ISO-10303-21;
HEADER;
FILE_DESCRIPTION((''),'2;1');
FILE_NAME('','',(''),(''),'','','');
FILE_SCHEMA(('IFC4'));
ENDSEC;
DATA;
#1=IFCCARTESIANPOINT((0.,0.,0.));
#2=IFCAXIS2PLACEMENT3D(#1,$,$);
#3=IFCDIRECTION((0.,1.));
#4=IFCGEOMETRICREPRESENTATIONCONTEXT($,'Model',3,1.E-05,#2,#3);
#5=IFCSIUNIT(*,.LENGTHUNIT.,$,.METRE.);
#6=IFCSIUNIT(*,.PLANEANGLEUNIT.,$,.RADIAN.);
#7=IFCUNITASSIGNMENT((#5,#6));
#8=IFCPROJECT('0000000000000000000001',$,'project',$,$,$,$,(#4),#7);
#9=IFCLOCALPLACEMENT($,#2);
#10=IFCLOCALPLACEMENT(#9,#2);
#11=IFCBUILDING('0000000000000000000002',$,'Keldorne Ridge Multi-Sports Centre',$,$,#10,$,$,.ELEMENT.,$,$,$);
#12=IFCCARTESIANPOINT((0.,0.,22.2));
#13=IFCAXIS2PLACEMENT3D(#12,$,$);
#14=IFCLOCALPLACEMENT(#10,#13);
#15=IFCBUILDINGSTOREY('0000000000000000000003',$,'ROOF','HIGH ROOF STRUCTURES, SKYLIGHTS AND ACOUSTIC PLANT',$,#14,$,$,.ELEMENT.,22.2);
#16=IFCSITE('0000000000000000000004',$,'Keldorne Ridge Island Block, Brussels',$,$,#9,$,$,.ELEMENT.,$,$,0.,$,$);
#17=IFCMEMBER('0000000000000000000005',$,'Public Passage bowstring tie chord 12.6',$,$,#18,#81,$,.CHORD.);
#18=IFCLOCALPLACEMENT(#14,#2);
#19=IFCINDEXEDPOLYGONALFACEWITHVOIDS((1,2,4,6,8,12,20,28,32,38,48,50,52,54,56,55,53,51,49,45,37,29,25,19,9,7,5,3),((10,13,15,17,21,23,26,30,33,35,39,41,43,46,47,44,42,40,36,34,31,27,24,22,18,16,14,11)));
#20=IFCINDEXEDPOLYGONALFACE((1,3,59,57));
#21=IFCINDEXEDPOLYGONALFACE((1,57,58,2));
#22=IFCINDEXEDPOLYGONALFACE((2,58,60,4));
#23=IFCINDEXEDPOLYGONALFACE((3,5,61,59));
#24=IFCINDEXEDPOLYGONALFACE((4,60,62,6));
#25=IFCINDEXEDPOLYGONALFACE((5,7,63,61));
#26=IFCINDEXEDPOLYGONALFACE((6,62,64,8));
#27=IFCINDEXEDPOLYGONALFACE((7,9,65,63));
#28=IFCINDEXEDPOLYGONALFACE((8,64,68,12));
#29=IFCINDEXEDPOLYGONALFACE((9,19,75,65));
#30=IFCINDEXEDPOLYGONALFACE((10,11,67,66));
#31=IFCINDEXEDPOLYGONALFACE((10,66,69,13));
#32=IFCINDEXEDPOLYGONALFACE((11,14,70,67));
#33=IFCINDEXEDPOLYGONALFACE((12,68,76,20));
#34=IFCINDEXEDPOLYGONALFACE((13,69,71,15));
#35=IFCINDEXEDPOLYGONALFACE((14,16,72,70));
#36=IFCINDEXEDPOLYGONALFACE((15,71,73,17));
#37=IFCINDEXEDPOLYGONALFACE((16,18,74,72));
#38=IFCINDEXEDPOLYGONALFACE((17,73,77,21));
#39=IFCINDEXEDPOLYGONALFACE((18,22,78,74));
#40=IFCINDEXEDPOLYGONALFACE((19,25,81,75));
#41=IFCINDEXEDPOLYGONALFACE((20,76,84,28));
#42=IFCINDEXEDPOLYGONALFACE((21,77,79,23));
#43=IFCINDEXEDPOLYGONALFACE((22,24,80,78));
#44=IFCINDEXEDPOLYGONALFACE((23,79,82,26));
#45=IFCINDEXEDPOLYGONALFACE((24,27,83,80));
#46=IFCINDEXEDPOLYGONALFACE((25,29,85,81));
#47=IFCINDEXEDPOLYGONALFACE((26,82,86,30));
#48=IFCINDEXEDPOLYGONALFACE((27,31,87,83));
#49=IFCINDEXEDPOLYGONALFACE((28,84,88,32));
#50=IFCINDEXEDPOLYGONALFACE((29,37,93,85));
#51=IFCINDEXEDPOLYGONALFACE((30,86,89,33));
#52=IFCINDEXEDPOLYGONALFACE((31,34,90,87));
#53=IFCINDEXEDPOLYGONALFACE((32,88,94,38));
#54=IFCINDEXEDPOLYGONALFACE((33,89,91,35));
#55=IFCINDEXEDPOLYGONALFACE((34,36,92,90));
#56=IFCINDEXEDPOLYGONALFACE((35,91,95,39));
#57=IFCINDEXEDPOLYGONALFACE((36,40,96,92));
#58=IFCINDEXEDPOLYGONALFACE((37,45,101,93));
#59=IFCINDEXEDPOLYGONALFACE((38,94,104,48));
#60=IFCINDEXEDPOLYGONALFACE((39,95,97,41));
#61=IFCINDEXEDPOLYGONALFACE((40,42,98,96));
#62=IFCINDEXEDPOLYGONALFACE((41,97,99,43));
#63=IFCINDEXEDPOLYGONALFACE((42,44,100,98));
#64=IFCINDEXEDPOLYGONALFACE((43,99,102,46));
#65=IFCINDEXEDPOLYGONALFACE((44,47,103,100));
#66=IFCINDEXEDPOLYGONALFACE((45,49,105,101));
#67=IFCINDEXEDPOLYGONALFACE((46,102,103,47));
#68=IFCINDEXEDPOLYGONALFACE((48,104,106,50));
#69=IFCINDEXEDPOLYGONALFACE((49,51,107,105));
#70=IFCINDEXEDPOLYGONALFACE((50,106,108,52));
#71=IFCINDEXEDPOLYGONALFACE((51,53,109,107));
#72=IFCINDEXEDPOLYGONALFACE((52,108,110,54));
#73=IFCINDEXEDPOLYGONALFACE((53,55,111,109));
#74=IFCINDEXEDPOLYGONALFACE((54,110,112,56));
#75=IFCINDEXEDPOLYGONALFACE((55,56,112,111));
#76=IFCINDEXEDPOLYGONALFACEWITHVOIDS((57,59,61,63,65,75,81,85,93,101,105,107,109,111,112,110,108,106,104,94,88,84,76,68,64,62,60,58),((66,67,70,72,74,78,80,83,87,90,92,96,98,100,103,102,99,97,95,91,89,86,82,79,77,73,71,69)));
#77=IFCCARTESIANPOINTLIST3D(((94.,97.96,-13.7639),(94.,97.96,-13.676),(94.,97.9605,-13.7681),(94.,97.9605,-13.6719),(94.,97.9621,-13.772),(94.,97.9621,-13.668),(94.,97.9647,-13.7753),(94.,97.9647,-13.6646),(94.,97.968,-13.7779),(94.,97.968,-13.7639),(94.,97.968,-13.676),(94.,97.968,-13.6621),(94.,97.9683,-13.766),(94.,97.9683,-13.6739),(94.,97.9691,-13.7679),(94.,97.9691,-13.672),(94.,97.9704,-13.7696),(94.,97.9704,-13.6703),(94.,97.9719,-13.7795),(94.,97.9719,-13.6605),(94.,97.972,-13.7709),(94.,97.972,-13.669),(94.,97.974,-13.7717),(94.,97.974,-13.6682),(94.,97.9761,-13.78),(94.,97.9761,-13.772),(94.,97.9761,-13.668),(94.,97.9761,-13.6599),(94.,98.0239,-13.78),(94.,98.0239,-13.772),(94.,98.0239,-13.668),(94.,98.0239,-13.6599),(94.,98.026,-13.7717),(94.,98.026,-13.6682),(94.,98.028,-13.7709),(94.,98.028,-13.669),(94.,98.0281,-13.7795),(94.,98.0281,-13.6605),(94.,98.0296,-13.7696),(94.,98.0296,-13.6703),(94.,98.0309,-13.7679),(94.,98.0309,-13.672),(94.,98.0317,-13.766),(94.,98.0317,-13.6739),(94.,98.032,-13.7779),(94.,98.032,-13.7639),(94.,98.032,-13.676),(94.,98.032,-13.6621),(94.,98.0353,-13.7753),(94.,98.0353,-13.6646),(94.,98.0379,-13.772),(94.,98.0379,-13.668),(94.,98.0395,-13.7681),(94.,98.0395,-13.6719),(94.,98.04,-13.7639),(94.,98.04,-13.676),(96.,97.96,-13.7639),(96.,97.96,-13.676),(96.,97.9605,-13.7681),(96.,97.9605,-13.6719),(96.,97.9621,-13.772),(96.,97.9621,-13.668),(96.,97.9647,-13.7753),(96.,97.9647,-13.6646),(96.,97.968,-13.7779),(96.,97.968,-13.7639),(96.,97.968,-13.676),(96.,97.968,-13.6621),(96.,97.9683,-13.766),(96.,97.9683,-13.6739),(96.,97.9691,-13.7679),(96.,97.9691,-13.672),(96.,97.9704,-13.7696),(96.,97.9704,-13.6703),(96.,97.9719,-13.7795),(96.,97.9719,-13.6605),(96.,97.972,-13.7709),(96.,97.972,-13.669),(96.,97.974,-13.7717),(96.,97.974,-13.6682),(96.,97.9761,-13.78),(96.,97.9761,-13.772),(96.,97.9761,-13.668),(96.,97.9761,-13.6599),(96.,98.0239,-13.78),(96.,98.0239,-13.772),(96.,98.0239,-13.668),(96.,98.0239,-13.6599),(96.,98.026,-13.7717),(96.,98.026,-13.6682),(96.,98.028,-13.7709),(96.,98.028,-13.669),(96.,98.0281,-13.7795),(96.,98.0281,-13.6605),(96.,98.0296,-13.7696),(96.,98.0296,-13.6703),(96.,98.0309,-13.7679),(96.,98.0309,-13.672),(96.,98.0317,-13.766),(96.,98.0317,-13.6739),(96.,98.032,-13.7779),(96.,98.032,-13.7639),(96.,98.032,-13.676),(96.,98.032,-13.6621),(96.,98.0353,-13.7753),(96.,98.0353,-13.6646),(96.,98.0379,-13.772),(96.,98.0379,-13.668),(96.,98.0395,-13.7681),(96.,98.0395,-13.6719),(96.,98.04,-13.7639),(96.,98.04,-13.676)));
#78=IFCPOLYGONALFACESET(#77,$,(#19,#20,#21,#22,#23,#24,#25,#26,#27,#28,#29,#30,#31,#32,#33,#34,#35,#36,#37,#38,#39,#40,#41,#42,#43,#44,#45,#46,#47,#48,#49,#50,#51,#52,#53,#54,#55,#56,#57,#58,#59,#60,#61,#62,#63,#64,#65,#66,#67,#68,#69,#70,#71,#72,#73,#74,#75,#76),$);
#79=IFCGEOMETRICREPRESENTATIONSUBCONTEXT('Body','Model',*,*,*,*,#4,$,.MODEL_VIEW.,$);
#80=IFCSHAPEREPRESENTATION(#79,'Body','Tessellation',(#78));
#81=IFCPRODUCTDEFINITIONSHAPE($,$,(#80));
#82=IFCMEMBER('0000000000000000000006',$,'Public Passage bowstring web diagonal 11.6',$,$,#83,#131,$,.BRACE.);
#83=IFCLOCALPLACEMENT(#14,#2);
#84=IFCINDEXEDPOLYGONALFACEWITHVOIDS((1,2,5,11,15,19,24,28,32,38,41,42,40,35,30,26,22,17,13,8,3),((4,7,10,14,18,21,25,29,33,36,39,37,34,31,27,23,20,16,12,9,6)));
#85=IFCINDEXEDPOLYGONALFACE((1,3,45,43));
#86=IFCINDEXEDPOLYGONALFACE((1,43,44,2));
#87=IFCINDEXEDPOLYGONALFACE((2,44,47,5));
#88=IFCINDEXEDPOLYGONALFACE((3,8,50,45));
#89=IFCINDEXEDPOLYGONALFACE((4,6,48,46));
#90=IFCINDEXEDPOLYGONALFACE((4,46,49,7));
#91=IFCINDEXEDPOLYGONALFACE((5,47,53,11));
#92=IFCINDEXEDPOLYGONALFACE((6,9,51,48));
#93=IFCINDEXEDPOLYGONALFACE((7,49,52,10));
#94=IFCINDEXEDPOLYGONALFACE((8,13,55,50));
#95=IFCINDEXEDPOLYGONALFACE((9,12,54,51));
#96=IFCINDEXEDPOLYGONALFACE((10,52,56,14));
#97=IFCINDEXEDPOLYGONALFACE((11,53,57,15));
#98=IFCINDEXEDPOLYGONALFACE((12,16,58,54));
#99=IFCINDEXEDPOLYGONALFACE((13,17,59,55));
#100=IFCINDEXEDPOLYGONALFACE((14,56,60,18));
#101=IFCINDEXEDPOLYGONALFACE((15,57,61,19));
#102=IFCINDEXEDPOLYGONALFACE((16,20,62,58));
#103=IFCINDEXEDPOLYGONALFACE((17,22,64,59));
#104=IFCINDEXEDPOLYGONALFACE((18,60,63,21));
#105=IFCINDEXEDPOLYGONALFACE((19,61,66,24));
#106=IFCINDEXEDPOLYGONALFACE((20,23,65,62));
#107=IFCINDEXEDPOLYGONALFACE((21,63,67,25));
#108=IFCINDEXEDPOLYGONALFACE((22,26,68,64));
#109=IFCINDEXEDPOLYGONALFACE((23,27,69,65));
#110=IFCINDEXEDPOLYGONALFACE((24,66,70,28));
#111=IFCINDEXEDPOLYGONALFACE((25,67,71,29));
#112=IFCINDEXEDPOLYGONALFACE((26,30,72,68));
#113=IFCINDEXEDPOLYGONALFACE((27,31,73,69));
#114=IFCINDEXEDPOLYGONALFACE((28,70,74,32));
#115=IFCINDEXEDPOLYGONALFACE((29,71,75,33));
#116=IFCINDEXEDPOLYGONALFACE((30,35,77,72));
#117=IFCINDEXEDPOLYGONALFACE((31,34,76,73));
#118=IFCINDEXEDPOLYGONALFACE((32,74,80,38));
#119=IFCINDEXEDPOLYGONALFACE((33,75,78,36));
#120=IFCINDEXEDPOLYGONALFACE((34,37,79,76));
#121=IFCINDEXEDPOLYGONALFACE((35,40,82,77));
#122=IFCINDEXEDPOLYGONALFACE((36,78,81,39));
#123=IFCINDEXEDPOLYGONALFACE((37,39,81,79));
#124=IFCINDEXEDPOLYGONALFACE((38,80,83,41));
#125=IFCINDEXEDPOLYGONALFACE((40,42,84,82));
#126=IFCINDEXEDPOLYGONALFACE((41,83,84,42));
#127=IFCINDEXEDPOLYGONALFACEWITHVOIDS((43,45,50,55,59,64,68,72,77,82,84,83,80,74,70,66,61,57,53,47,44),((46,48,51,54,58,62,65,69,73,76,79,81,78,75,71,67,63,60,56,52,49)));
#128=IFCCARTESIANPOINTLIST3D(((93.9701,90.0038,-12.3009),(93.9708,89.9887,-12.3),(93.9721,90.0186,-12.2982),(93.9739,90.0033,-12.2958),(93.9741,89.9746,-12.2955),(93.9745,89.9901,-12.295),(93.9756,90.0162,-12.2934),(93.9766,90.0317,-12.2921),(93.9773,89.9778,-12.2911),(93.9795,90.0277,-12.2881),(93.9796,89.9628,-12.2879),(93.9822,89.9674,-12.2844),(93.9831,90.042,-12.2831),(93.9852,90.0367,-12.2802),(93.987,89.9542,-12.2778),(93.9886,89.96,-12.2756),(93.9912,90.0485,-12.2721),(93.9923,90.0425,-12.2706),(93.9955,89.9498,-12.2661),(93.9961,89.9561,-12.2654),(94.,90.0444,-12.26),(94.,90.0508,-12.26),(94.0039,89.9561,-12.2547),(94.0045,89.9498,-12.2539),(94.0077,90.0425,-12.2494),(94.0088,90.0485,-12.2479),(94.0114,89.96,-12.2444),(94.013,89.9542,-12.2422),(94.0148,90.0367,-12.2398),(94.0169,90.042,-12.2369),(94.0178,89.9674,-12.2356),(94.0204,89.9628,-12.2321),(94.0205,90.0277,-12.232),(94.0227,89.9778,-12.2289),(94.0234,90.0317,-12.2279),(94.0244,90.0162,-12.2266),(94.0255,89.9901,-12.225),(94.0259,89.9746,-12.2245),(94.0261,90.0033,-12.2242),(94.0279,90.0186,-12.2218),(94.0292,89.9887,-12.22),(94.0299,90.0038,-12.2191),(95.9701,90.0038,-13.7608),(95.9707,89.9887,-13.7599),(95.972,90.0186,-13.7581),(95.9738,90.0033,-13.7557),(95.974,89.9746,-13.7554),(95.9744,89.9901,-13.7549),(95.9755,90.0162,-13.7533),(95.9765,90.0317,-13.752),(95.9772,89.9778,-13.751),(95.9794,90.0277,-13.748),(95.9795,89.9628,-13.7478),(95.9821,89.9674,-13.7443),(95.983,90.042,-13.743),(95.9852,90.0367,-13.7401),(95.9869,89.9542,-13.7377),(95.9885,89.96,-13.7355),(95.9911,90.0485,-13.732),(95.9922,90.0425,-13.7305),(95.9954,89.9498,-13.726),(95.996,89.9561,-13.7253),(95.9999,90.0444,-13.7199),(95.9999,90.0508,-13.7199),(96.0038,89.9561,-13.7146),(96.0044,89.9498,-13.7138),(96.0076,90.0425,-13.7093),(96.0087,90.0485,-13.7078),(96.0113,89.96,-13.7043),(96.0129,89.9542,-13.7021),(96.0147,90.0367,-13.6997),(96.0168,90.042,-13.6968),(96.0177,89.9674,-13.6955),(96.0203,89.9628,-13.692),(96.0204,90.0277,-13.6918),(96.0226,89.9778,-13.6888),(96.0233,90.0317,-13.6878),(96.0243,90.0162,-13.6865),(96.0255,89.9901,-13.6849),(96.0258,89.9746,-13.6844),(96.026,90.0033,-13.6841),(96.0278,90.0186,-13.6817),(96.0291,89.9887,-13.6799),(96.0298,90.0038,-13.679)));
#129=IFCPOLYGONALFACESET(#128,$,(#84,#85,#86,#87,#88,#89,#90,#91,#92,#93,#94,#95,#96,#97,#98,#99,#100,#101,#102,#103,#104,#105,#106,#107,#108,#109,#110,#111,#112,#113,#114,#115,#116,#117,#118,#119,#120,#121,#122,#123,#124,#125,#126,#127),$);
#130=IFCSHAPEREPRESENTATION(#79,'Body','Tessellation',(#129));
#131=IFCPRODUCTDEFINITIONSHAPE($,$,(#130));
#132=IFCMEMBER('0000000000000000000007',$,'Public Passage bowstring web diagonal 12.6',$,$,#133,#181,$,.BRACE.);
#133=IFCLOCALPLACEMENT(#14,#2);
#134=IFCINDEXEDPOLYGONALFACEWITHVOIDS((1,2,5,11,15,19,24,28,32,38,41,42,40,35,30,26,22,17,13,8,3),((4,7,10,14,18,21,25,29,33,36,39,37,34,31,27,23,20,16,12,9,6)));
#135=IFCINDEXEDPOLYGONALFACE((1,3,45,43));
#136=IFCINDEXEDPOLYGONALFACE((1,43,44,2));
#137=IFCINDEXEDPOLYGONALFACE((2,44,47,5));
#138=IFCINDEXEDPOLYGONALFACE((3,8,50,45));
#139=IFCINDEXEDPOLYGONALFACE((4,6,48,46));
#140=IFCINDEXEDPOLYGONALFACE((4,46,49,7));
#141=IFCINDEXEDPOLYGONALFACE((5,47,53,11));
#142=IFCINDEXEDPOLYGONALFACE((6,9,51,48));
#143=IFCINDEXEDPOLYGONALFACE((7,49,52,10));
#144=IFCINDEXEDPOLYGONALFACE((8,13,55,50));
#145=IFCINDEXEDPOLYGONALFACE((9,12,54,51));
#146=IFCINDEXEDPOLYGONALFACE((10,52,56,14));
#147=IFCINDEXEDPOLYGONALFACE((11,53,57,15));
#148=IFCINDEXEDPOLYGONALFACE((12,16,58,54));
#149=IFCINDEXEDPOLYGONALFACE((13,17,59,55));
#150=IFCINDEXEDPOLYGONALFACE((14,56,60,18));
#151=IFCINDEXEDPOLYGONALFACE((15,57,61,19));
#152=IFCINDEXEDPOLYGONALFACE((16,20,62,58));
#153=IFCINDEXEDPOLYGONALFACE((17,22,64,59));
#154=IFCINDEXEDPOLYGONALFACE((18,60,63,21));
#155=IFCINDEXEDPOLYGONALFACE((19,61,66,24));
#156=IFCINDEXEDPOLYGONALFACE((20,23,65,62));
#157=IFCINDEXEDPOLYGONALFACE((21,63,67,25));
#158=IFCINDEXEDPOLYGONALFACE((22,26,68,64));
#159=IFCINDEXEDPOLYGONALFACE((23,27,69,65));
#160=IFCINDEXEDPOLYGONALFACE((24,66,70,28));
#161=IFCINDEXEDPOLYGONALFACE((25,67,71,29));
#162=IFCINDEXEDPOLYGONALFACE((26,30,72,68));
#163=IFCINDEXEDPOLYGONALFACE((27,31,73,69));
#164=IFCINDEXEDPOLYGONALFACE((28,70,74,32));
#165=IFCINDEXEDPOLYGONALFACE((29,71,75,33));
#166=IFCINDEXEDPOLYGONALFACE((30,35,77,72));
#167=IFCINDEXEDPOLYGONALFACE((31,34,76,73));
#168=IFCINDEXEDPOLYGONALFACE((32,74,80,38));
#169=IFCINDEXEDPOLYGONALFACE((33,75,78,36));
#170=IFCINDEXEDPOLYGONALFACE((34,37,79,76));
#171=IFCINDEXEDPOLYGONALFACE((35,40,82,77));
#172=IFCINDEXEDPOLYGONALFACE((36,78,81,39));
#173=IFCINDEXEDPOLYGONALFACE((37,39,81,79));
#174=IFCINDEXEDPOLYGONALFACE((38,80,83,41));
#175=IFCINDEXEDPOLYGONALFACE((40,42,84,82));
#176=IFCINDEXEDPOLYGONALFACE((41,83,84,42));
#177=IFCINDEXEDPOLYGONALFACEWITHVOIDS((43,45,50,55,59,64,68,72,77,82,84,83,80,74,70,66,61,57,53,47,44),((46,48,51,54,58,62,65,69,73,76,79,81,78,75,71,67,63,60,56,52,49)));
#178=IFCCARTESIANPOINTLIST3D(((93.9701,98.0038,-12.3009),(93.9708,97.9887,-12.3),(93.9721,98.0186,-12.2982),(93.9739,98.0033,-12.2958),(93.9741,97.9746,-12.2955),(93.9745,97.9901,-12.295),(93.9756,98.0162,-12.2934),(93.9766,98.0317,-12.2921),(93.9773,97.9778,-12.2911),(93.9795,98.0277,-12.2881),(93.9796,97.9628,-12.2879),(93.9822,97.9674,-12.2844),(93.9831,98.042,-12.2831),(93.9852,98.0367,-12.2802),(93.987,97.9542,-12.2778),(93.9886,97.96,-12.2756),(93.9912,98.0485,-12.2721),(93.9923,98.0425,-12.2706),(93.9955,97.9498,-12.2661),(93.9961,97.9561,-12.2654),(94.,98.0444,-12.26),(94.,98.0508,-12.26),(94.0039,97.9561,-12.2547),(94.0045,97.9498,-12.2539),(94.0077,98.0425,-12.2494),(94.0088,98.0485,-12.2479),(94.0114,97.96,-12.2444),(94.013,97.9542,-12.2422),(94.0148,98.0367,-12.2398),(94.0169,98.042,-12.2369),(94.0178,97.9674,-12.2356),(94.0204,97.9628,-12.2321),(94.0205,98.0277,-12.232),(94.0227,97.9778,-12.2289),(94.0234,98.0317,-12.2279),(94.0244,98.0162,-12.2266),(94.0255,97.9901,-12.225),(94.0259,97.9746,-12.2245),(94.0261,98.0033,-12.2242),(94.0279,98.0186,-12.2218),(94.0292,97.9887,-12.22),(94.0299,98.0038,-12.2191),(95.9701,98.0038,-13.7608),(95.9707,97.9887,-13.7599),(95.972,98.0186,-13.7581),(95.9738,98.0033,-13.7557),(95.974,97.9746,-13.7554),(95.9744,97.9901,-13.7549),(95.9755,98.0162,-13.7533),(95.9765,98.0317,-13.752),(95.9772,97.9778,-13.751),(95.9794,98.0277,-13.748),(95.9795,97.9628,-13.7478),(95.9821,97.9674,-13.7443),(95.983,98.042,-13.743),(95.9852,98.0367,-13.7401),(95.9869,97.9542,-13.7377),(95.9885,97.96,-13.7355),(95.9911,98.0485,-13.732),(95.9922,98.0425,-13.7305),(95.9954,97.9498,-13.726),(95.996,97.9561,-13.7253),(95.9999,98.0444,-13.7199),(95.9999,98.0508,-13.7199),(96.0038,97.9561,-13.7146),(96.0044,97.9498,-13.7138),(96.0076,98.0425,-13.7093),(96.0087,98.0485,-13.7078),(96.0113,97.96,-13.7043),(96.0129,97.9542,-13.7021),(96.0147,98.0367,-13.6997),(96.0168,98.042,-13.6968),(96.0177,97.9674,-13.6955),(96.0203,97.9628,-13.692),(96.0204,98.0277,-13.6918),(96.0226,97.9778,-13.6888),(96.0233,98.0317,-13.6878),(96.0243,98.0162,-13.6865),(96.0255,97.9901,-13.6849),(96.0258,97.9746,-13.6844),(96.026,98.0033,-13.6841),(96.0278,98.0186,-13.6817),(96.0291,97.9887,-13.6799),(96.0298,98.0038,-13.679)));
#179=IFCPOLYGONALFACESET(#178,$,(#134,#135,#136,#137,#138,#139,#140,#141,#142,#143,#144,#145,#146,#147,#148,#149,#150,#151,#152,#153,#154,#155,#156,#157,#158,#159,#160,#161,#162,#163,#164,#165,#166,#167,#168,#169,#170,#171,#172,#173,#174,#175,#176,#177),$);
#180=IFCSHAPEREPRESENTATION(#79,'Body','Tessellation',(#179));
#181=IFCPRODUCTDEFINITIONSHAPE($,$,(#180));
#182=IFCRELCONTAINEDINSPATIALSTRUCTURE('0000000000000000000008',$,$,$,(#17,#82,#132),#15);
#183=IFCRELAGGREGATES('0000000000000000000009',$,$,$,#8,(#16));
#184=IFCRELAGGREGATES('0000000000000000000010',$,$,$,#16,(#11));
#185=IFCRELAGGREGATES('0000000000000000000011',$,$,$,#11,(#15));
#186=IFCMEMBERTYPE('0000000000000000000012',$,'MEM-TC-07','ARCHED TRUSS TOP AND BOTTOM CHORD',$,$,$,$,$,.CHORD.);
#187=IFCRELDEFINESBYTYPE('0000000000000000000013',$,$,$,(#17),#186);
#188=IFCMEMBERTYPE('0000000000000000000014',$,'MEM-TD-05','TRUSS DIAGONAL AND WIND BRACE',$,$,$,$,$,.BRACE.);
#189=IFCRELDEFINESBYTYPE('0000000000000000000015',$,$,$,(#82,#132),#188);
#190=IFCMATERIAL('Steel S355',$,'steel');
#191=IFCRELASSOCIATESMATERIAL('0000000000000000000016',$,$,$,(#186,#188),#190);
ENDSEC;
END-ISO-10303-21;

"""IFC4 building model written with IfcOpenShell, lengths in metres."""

from ifc_helpers import new_model, si_unit, direction, frame, origin, origin_2d, place, context, subcontext, project, spatial, hollow_rectangle, hollow_circle, extrude, material, material_profile, profile_set, type_object, element, save


model = new_model("IFC4")

# Units and contexts
model_context = context("Model", 3, precision=1e-05, world=origin(), true_north=direction((0.0, 1.0)))
body_context = subcontext(model_context, "Body", "Model", "MODEL_VIEW")
ifc_project = project(units=[si_unit("LENGTHUNIT", "METRE"), si_unit("PLANEANGLEUNIT", "RADIAN")], contexts=[model_context])

# Site, building, storey
site_placement = place(None, origin())
site = spatial("IfcSite", under=ifc_project, at=site_placement, Name="Keldorne Ridge Island Block, Brussels", CompositionType="ELEMENT", RefElevation=0.0)
building_placement = place(site_placement, origin())
building = spatial("IfcBuilding", under=site, at=building_placement, Name="Keldorne Ridge Multi-Sports Centre", CompositionType="ELEMENT")
storey_placement = place(building_placement, frame((0.0, 0.0, 22.2)))
storey = spatial("IfcBuildingStorey", under=building, at=storey_placement, Name="ROOF", Description="HIGH ROOF STRUCTURES, SKYLIGHTS AND ACOUSTIC PLANT", CompositionType="ELEMENT", Elevation=22.2)

# Shared definitions
ifc_material_1 = material(Name="Steel S355", Category="steel")

# Members
ifc_material_profile_1 = material_profile(ifc_material_1, hollow_rectangle(XDim=0.0801, YDim=0.1201, WallThickness=0.0081, InnerFilletRadius=0.0081, OuterFilletRadius=0.0161, at=origin_2d()), Name="RHS 120x80x8")
ifc_profile_set_1 = profile_set([ifc_material_profile_1], Name="Steel S355")
member_type_1 = type_object("IfcMemberType", Name="MEM-TC-07", Description="ARCHED TRUSS TOP AND BOTTOM CHORD", PredefinedType="CHORD", material=ifc_profile_set_1)
for number, where, z_axis, x_axis, name in (
    (1, (94.0, 98.0, -13.72), (1.0, 0.0, 0.0), (0.0, 1.0, 0.0), "Public Passage bowstring tie chord 12.6"),
):
    element("IfcMember", number, at=place(storey_placement, frame(where, z_axis=z_axis, x_axis=x_axis)), inside=storey, type_object=member_type_1, Name=name, PredefinedType="CHORD", context=body_context, shape_type="SweptSolid", body=[
        extrude(hollow_rectangle(XDim=0.0801, YDim=0.1201, WallThickness=0.0081, InnerFilletRadius=0.0081, OuterFilletRadius=0.0161, at=origin_2d()), origin(), (0.0, 0.0, 1.0), 2.0),
    ])
ifc_material_profile_2 = material_profile(ifc_material_1, hollow_circle(Radius=0.0508, WallThickness=0.0063, at=origin_2d()), Name="CHS 101.6x6.3")
ifc_profile_set_2 = profile_set([ifc_material_profile_2], Name="Steel S355")
member_type_2 = type_object("IfcMemberType", Name="MEM-TD-05", Description="TRUSS DIAGONAL AND WIND BRACE", PredefinedType="BRACE", material=ifc_profile_set_2)
for number, where, z_axis, x_axis, name in (
    (2, (94.0, 90.0, -12.26), (0.807695, 0.0, -0.589601), (0.0, 1.0, 0.0), "Public Passage bowstring web diagonal 11.6"),
    (3, (94.0, 98.0, -12.26), (0.807695, 0.0, -0.589601), (0.0, 1.0, 0.0), "Public Passage bowstring web diagonal 12.6"),
):
    element("IfcMember", number, at=place(storey_placement, frame(where, z_axis=z_axis, x_axis=x_axis)), inside=storey, type_object=member_type_2, Name=name, PredefinedType="BRACE", context=body_context, shape_type="SweptSolid", body=[
        extrude(hollow_circle(Radius=0.0508, WallThickness=0.0063, at=origin_2d()), origin(), (0.0, 0.0, 1.0), 2.4761),
    ])

save(model, "model.ifc")
